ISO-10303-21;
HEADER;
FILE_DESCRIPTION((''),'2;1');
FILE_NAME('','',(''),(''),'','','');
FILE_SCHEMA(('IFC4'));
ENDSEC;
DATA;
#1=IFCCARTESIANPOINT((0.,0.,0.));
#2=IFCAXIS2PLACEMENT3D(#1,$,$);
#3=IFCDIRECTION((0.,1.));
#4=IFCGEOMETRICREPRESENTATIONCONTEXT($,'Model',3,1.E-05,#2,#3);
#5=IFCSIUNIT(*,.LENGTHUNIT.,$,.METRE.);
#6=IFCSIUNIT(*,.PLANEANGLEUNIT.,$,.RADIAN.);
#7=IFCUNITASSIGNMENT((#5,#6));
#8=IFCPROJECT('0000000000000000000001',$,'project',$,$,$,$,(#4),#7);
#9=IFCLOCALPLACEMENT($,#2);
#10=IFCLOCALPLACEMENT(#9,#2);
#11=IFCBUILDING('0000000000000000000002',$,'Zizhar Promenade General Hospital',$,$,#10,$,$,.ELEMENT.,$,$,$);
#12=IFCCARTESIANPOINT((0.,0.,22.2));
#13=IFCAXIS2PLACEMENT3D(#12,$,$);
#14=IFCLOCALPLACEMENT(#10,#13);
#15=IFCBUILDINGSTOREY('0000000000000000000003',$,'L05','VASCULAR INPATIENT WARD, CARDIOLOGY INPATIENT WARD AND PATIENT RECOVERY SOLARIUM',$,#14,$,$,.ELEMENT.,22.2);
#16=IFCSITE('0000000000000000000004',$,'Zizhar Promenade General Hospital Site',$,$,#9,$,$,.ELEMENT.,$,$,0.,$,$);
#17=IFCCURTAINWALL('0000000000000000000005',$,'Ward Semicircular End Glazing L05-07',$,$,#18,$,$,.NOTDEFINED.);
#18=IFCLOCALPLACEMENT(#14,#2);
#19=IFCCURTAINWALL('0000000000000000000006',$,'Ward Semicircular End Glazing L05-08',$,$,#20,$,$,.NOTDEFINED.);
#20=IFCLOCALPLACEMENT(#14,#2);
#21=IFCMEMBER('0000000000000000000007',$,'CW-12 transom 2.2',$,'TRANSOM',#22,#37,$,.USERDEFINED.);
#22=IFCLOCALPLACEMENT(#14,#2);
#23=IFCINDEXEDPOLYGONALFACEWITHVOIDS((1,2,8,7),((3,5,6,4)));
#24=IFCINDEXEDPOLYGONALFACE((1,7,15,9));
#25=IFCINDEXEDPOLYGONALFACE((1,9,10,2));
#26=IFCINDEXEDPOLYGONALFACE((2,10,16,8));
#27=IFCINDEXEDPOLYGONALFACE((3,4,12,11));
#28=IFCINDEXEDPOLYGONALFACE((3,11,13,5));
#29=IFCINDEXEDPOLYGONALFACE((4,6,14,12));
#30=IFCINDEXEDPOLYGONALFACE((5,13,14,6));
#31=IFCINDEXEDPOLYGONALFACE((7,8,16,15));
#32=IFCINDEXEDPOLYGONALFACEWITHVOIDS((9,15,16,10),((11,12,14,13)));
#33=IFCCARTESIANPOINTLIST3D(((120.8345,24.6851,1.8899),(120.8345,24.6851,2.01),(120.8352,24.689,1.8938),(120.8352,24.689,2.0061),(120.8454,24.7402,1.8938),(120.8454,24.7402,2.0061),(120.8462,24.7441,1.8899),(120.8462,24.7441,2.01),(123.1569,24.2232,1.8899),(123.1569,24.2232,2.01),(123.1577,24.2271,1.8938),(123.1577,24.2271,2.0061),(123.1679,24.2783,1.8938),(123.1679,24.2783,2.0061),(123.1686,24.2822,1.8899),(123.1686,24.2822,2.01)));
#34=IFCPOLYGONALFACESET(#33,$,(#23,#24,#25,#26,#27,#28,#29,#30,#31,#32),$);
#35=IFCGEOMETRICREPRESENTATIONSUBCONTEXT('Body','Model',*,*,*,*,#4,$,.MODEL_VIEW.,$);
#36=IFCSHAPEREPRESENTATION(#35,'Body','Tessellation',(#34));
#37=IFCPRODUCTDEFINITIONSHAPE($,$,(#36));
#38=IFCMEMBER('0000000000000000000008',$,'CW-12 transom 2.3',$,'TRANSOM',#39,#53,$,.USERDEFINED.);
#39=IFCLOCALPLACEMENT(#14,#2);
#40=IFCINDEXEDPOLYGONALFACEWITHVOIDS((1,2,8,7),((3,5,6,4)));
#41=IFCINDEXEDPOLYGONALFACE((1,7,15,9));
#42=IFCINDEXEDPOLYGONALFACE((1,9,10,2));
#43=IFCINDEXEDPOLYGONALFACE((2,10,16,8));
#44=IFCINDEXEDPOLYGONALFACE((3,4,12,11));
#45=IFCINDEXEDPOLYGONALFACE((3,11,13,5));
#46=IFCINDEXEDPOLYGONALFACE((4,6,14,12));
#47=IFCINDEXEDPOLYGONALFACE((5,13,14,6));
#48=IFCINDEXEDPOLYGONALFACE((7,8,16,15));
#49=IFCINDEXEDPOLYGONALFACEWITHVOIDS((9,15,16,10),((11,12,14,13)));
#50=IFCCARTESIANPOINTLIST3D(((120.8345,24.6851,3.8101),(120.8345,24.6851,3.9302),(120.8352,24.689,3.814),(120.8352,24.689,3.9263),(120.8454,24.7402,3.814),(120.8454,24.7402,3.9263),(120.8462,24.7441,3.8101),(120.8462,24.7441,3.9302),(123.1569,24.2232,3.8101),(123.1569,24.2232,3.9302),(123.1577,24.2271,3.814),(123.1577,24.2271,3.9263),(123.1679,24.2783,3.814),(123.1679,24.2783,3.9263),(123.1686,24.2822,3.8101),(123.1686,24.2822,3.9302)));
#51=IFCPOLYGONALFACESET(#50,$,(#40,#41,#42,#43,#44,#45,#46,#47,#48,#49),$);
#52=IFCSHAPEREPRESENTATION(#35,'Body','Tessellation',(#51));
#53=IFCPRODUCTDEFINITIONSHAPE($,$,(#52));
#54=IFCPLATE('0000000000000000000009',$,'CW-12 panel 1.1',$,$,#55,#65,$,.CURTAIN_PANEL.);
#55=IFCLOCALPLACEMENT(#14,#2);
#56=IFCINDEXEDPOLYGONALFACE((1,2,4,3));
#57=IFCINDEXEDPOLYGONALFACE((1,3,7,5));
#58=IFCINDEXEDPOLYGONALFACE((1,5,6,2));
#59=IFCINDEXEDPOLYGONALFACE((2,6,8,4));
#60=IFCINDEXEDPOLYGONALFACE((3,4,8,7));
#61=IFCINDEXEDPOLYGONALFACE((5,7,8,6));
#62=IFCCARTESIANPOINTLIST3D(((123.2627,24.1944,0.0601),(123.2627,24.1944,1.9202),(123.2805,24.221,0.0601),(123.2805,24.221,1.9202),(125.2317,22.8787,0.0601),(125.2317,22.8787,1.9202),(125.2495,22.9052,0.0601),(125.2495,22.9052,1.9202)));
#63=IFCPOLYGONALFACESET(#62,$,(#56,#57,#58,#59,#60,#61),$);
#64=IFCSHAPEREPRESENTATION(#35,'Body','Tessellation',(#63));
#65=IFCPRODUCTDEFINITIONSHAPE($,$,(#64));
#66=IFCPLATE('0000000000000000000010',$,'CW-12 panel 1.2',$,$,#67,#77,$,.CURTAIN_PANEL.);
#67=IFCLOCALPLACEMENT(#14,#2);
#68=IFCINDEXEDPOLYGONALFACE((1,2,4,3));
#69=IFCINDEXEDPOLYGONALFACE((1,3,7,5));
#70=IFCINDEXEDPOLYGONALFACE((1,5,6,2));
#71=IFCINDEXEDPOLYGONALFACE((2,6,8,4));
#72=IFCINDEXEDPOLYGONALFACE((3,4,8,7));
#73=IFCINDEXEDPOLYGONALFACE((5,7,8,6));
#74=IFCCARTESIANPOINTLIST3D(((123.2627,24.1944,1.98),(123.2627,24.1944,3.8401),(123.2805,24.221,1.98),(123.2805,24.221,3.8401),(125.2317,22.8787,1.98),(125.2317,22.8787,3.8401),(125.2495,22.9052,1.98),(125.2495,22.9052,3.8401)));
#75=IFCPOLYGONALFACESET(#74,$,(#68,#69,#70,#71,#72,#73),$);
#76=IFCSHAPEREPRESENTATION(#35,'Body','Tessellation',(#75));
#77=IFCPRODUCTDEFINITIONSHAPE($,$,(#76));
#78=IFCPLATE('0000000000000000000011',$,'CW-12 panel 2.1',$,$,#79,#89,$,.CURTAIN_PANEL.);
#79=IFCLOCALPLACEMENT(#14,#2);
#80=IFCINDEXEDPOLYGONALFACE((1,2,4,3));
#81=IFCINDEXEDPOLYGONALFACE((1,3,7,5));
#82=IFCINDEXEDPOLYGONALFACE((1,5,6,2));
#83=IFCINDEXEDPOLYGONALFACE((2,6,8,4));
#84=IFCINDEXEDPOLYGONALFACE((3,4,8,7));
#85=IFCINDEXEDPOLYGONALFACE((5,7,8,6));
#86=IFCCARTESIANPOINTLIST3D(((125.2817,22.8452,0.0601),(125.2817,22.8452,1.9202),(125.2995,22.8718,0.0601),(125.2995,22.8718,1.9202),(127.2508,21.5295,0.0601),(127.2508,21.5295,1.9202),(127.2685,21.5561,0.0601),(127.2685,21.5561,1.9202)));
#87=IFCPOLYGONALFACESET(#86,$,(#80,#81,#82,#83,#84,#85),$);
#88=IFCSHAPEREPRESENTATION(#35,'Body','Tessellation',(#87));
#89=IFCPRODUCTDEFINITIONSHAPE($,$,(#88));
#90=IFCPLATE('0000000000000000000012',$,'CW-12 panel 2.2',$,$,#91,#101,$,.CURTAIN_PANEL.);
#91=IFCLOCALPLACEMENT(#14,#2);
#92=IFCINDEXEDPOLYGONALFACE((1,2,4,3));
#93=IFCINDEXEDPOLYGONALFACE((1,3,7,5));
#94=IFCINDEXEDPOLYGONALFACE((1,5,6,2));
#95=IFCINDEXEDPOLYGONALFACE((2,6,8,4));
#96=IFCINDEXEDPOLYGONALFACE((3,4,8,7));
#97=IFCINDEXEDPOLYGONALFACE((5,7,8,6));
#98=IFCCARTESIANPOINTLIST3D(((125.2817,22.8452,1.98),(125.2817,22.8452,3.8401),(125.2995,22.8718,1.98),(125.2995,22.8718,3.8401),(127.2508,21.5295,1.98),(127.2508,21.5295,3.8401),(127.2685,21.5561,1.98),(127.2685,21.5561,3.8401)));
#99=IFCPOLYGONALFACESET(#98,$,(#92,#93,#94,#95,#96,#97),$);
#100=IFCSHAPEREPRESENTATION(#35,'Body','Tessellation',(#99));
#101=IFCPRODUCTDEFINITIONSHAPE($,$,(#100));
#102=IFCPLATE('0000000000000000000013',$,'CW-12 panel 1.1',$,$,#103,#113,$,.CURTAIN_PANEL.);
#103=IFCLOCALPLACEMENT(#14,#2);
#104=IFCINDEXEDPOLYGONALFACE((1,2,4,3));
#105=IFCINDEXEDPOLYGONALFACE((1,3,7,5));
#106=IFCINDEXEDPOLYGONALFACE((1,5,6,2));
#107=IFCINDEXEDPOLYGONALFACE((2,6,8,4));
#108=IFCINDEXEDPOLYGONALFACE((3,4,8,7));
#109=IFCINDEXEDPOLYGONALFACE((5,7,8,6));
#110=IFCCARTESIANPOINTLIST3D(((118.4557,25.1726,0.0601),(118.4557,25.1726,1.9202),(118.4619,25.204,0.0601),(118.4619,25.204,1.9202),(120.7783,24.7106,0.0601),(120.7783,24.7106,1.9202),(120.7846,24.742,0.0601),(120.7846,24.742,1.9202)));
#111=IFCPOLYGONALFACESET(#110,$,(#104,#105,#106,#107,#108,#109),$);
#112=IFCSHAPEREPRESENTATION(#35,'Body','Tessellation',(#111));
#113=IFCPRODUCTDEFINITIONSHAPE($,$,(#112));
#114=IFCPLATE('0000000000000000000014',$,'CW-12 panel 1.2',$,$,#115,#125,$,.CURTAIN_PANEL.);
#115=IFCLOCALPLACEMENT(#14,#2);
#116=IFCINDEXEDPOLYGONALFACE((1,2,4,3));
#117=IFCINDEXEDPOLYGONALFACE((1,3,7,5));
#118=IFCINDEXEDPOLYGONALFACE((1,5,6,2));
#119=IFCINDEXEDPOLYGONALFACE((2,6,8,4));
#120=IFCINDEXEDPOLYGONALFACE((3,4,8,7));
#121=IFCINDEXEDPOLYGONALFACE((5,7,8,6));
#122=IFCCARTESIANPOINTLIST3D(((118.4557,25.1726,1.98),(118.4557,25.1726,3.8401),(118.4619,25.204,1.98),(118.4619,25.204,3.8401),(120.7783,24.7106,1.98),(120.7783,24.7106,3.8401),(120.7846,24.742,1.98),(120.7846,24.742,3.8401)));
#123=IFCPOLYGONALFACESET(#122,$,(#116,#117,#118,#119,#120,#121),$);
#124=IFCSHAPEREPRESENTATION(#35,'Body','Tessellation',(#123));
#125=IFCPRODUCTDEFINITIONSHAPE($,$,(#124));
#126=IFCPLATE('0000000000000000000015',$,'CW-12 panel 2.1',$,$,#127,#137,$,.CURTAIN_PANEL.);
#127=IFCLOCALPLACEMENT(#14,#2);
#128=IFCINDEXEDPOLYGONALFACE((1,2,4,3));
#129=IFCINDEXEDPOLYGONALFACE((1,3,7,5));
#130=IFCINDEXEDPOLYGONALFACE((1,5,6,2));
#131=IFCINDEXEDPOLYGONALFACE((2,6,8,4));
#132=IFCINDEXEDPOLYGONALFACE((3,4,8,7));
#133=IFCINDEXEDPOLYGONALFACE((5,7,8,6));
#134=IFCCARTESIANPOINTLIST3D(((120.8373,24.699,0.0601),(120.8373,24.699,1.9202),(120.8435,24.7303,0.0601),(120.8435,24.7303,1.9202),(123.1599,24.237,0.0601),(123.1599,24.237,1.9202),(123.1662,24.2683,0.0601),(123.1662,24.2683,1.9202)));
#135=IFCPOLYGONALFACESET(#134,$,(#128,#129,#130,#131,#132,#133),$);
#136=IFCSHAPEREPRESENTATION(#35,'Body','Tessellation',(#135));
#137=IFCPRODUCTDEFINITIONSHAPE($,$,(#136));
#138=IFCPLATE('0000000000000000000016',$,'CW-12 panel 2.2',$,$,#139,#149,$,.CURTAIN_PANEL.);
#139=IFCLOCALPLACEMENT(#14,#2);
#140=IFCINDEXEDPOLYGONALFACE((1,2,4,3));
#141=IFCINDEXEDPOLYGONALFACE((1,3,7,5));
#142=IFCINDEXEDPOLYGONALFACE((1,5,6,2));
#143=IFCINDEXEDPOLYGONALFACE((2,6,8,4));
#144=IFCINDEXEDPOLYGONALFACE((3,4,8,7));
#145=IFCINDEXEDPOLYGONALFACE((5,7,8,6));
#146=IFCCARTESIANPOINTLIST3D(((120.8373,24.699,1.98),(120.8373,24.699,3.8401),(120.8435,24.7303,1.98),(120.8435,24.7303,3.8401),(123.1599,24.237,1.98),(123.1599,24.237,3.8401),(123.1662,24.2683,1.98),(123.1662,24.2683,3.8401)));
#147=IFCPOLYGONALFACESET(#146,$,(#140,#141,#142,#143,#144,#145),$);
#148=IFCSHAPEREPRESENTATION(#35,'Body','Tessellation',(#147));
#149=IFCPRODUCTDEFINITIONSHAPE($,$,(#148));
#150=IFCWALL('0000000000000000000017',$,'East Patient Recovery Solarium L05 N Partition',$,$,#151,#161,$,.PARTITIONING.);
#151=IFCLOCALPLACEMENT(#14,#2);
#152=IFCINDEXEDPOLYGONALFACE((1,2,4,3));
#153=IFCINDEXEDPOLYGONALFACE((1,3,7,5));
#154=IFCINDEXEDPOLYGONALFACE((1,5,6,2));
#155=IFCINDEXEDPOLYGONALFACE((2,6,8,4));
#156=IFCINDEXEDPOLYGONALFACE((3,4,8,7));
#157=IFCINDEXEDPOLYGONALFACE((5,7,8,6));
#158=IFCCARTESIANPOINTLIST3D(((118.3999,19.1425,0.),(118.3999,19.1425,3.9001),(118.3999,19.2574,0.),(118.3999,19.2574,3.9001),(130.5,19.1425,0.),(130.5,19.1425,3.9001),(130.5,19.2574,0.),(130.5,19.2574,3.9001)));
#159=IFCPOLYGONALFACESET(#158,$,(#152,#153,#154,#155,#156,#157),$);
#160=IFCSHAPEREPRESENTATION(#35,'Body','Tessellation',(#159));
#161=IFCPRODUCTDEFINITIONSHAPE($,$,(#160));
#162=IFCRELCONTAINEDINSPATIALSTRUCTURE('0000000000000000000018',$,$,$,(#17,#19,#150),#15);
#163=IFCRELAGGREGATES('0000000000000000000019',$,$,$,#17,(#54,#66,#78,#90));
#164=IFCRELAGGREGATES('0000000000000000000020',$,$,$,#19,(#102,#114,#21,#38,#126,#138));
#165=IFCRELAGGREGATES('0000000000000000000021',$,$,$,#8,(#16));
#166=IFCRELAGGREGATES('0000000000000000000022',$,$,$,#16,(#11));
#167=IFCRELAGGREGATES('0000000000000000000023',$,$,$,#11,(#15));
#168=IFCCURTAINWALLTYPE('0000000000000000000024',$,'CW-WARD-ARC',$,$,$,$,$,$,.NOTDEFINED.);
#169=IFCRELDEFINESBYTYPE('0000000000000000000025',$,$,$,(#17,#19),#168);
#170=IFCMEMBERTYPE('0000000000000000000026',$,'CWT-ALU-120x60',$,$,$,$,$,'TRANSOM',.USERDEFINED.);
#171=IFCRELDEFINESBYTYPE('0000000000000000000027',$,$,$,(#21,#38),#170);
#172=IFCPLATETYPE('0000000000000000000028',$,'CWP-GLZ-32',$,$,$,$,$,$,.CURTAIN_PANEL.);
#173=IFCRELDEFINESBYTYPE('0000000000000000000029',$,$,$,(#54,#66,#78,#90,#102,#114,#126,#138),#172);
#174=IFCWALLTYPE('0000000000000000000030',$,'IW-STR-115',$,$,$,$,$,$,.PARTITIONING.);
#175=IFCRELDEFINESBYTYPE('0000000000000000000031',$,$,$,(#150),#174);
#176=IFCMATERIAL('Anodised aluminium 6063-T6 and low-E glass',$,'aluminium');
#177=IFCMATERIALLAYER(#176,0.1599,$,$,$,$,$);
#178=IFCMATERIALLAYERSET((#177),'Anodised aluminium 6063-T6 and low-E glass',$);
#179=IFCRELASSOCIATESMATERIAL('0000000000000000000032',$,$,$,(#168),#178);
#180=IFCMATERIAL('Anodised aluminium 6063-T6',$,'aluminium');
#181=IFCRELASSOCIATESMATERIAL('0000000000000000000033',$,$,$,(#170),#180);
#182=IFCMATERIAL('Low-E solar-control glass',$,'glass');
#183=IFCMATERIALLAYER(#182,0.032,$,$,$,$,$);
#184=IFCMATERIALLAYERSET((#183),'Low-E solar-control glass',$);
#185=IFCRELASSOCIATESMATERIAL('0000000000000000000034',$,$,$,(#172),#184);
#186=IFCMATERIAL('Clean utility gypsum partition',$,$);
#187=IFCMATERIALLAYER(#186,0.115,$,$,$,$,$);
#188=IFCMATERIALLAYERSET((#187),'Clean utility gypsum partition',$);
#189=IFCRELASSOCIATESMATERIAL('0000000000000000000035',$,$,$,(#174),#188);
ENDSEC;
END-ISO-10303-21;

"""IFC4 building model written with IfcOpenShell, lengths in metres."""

from ifc_helpers import new_model, si_unit, direction, frame, frame_2d, origin, origin_2d, place, context, subcontext, project, spatial, rectangle, hollow_rectangle, extrude, material, layer, layer_set, material_profile, profile_set, type_object, element, aggregate, save


model = new_model("IFC4")

# Units and contexts
model_context = context("Model", 3, precision=1e-05, world=origin(), true_north=direction((0.0, 1.0)))
body_context = subcontext(model_context, "Body", "Model", "MODEL_VIEW")
ifc_project = project(units=[si_unit("LENGTHUNIT", "METRE"), si_unit("PLANEANGLEUNIT", "RADIAN")], contexts=[model_context])

# Site, building, storey
site_placement = place(None, origin())
site = spatial("IfcSite", under=ifc_project, at=site_placement, Name="Zizhar Promenade General Hospital Site", CompositionType="ELEMENT", RefElevation=0.0)
building_placement = place(site_placement, origin())
building = spatial("IfcBuilding", under=site, at=building_placement, Name="Zizhar Promenade General Hospital", CompositionType="ELEMENT")
storey_placement = place(building_placement, frame((0.0, 0.0, 22.2)))
storey = spatial("IfcBuildingStorey", under=building, at=storey_placement, Name="L05", Description="VASCULAR INPATIENT WARD, CARDIOLOGY INPATIENT WARD AND PATIENT RECOVERY SOLARIUM", CompositionType="ELEMENT", Elevation=22.2)

# Curtain walls
ifc_material_1 = material(Name="Anodised aluminium 6063-T6 and low-E glass", Category="aluminium")
ifc_layer_1 = layer(ifc_material_1, 0.1599)
ifc_layer_set_1 = layer_set([ifc_layer_1], Name="Anodised aluminium 6063-T6 and low-E glass")
curtain_wall_type = type_object("IfcCurtainWallType", Name="CW-WARD-ARC", PredefinedType="NOTDEFINED", material=ifc_layer_set_1)
curtain_wall_1_placement = place(storey_placement, origin())
curtain_wall_1 = element("IfcCurtainWall", 1, at=curtain_wall_1_placement, inside=storey, type_object=curtain_wall_type, Name="Ward Semicircular End Glazing L05-07", PredefinedType="NOTDEFINED")
curtain_wall_2_placement = place(storey_placement, origin())
curtain_wall_2 = element("IfcCurtainWall", 2, at=curtain_wall_2_placement, inside=storey, type_object=curtain_wall_type, Name="Ward Semicircular End Glazing L05-08", PredefinedType="NOTDEFINED")

# Members
ifc_material_2 = material(Name="Anodised aluminium 6063-T6", Category="aluminium")
ifc_material_profile_1 = material_profile(ifc_material_2, hollow_rectangle(XDim=0.0601, YDim=0.1201, WallThickness=0.0039, at=origin_2d()))
ifc_profile_set_1 = profile_set([ifc_material_profile_1], Name="Anodised aluminium 6063-T6")
member_type_1 = type_object("IfcMemberType", Name="CWT-ALU-120x60", ElementType="TRANSOM", PredefinedType="USERDEFINED", material=ifc_profile_set_1)
member_1_placement = place(storey_placement, frame((120.8403, 24.7146, 1.95), z_axis=(0.98079, -0.195065, 0.0), x_axis=(0.195065, 0.98079, 0.0)))
member_1 = element("IfcMember", 3, at=member_1_placement, type_object=member_type_1, Name="CW-12 transom 2.2", ObjectType="TRANSOM", PredefinedType="USERDEFINED", context=body_context, shape_type="SweptSolid", body=[
    extrude(hollow_rectangle(XDim=0.0601, YDim=0.1201, WallThickness=0.0039, at=origin_2d()), origin(), (0.0, 0.0, 1.0), 2.3679),
])
member_2_placement = place(storey_placement, frame((120.8403, 24.7146, 3.8701), z_axis=(0.98079, -0.195065, 0.0), x_axis=(0.195065, 0.98079, 0.0)))
member_2 = element("IfcMember", 4, at=member_2_placement, type_object=member_type_1, Name="CW-12 transom 2.3", ObjectType="TRANSOM", PredefinedType="USERDEFINED", context=body_context, shape_type="SweptSolid", body=[
    extrude(hollow_rectangle(XDim=0.0601, YDim=0.1201, WallThickness=0.0039, at=origin_2d()), origin(), (0.0, 0.0, 1.0), 2.3679),
])

# Plates
ifc_material_3 = material(Name="Low-E solar-control glass", Category="glass")
ifc_layer_2 = layer(ifc_material_3, 0.032)
ifc_layer_set_2 = layer_set([ifc_layer_2], Name="Low-E solar-control glass")
plate_type = type_object("IfcPlateType", Name="CWP-GLZ-32", PredefinedType="CURTAIN_PANEL", material=ifc_layer_set_2)
plate_1_placement = place(storey_placement, frame((124.2561, 23.5498, 0.0601), z_axis=(0.0, 0.0, 1.0), x_axis=(0.831462, -0.555582, 0.0)))
plate_1 = element("IfcPlate", 5, at=plate_1_placement, type_object=plate_type, Name="CW-12 panel 1.1", PredefinedType="CURTAIN_PANEL", context=body_context, shape_type="SweptSolid", body=[
    extrude(rectangle(XDim=2.3682, YDim=0.032, at=origin_2d()), origin(), (0.0, 0.0, 1.0), 1.8601),
])
plate_2_placement = place(storey_placement, frame((124.2561, 23.5498, 1.98), z_axis=(0.0, 0.0, 1.0), x_axis=(0.831462, -0.555582, 0.0)))
plate_2 = element("IfcPlate", 6, at=plate_2_placement, type_object=plate_type, Name="CW-12 panel 1.2", PredefinedType="CURTAIN_PANEL", context=body_context, shape_type="SweptSolid", body=[
    extrude(rectangle(XDim=2.3682, YDim=0.032, at=origin_2d()), origin(), (0.0, 0.0, 1.0), 1.8601),
])
plate_3_placement = place(storey_placement, frame((126.2751, 22.2007, 0.0601), z_axis=(0.0, 0.0, 1.0), x_axis=(0.831462, -0.555582, 0.0)))
plate_3 = element("IfcPlate", 7, at=plate_3_placement, type_object=plate_type, Name="CW-12 panel 2.1", PredefinedType="CURTAIN_PANEL", context=body_context, shape_type="SweptSolid", body=[
    extrude(rectangle(XDim=2.3682, YDim=0.032, at=origin_2d()), origin(), (0.0, 0.0, 1.0), 1.8601),
])
plate_4_placement = place(storey_placement, frame((126.2751, 22.2007, 1.98), z_axis=(0.0, 0.0, 1.0), x_axis=(0.831462, -0.555582, 0.0)))
plate_4 = element("IfcPlate", 8, at=plate_4_placement, type_object=plate_type, Name="CW-12 panel 2.2", PredefinedType="CURTAIN_PANEL", context=body_context, shape_type="SweptSolid", body=[
    extrude(rectangle(XDim=2.3682, YDim=0.032, at=origin_2d()), origin(), (0.0, 0.0, 1.0), 1.8601),
])
aggregate(curtain_wall_1, [plate_1, plate_2, plate_3, plate_4])
plate_5_placement = place(storey_placement, frame((119.6201, 24.9573, 0.0601), z_axis=(0.0, 0.0, 1.0), x_axis=(0.980786, -0.195087, 0.0)))
plate_5 = element("IfcPlate", 9, at=plate_5_placement, type_object=plate_type, Name="CW-12 panel 1.1", PredefinedType="CURTAIN_PANEL", context=body_context, shape_type="SweptSolid", body=[
    extrude(rectangle(XDim=2.3682, YDim=0.032, at=origin_2d()), origin(), (0.0, 0.0, 1.0), 1.8601),
])
plate_6_placement = place(storey_placement, frame((119.6201, 24.9573, 1.98), z_axis=(0.0, 0.0, 1.0), x_axis=(0.980786, -0.195087, 0.0)))
plate_6 = element("IfcPlate", 10, at=plate_6_placement, type_object=plate_type, Name="CW-12 panel 1.2", PredefinedType="CURTAIN_PANEL", context=body_context, shape_type="SweptSolid", body=[
    extrude(rectangle(XDim=2.3682, YDim=0.032, at=origin_2d()), origin(), (0.0, 0.0, 1.0), 1.8601),
])
plate_7_placement = place(storey_placement, frame((122.0017, 24.4836, 0.0601), z_axis=(0.0, 0.0, 1.0), x_axis=(0.980786, -0.195087, 0.0)))
plate_7 = element("IfcPlate", 11, at=plate_7_placement, type_object=plate_type, Name="CW-12 panel 2.1", PredefinedType="CURTAIN_PANEL", context=body_context, shape_type="SweptSolid", body=[
    extrude(rectangle(XDim=2.3682, YDim=0.032, at=origin_2d()), origin(), (0.0, 0.0, 1.0), 1.8601),
])
plate_8_placement = place(storey_placement, frame((122.0017, 24.4836, 1.98), z_axis=(0.0, 0.0, 1.0), x_axis=(0.980786, -0.195087, 0.0)))
plate_8 = element("IfcPlate", 12, at=plate_8_placement, type_object=plate_type, Name="CW-12 panel 2.2", PredefinedType="CURTAIN_PANEL", context=body_context, shape_type="SweptSolid", body=[
    extrude(rectangle(XDim=2.3682, YDim=0.032, at=origin_2d()), origin(), (0.0, 0.0, 1.0), 1.8601),
])
aggregate(curtain_wall_2, [plate_5, plate_6, member_1, member_2, plate_7, plate_8])

# Wall
ifc_material_4 = material(Name="Clean utility gypsum partition")
ifc_layer_3 = layer(ifc_material_4, 0.115)
ifc_layer_set_3 = layer_set([ifc_layer_3], Name="Clean utility gypsum partition")
wall_type = type_object("IfcWallType", Name="IW-STR-115", PredefinedType="PARTITIONING", material=ifc_layer_set_3)
wall_placement = place(storey_placement, frame((118.3999, 19.2, 0.0), z_axis=(0.0, 0.0, 1.0), x_axis=(1.0, 0.0, 0.0)))
element("IfcWall", 13, at=wall_placement, inside=storey, type_object=wall_type, Name="East Patient Recovery Solarium L05 N Partition", PredefinedType="PARTITIONING", context=body_context, shape_type="SweptSolid", body=[
    extrude(rectangle(XDim=12.1001, YDim=0.115, at=frame_2d((6.05, 0.0))), origin(), (0.0, 0.0, 1.0), 3.9001),
])

save(model, "model.ifc")
